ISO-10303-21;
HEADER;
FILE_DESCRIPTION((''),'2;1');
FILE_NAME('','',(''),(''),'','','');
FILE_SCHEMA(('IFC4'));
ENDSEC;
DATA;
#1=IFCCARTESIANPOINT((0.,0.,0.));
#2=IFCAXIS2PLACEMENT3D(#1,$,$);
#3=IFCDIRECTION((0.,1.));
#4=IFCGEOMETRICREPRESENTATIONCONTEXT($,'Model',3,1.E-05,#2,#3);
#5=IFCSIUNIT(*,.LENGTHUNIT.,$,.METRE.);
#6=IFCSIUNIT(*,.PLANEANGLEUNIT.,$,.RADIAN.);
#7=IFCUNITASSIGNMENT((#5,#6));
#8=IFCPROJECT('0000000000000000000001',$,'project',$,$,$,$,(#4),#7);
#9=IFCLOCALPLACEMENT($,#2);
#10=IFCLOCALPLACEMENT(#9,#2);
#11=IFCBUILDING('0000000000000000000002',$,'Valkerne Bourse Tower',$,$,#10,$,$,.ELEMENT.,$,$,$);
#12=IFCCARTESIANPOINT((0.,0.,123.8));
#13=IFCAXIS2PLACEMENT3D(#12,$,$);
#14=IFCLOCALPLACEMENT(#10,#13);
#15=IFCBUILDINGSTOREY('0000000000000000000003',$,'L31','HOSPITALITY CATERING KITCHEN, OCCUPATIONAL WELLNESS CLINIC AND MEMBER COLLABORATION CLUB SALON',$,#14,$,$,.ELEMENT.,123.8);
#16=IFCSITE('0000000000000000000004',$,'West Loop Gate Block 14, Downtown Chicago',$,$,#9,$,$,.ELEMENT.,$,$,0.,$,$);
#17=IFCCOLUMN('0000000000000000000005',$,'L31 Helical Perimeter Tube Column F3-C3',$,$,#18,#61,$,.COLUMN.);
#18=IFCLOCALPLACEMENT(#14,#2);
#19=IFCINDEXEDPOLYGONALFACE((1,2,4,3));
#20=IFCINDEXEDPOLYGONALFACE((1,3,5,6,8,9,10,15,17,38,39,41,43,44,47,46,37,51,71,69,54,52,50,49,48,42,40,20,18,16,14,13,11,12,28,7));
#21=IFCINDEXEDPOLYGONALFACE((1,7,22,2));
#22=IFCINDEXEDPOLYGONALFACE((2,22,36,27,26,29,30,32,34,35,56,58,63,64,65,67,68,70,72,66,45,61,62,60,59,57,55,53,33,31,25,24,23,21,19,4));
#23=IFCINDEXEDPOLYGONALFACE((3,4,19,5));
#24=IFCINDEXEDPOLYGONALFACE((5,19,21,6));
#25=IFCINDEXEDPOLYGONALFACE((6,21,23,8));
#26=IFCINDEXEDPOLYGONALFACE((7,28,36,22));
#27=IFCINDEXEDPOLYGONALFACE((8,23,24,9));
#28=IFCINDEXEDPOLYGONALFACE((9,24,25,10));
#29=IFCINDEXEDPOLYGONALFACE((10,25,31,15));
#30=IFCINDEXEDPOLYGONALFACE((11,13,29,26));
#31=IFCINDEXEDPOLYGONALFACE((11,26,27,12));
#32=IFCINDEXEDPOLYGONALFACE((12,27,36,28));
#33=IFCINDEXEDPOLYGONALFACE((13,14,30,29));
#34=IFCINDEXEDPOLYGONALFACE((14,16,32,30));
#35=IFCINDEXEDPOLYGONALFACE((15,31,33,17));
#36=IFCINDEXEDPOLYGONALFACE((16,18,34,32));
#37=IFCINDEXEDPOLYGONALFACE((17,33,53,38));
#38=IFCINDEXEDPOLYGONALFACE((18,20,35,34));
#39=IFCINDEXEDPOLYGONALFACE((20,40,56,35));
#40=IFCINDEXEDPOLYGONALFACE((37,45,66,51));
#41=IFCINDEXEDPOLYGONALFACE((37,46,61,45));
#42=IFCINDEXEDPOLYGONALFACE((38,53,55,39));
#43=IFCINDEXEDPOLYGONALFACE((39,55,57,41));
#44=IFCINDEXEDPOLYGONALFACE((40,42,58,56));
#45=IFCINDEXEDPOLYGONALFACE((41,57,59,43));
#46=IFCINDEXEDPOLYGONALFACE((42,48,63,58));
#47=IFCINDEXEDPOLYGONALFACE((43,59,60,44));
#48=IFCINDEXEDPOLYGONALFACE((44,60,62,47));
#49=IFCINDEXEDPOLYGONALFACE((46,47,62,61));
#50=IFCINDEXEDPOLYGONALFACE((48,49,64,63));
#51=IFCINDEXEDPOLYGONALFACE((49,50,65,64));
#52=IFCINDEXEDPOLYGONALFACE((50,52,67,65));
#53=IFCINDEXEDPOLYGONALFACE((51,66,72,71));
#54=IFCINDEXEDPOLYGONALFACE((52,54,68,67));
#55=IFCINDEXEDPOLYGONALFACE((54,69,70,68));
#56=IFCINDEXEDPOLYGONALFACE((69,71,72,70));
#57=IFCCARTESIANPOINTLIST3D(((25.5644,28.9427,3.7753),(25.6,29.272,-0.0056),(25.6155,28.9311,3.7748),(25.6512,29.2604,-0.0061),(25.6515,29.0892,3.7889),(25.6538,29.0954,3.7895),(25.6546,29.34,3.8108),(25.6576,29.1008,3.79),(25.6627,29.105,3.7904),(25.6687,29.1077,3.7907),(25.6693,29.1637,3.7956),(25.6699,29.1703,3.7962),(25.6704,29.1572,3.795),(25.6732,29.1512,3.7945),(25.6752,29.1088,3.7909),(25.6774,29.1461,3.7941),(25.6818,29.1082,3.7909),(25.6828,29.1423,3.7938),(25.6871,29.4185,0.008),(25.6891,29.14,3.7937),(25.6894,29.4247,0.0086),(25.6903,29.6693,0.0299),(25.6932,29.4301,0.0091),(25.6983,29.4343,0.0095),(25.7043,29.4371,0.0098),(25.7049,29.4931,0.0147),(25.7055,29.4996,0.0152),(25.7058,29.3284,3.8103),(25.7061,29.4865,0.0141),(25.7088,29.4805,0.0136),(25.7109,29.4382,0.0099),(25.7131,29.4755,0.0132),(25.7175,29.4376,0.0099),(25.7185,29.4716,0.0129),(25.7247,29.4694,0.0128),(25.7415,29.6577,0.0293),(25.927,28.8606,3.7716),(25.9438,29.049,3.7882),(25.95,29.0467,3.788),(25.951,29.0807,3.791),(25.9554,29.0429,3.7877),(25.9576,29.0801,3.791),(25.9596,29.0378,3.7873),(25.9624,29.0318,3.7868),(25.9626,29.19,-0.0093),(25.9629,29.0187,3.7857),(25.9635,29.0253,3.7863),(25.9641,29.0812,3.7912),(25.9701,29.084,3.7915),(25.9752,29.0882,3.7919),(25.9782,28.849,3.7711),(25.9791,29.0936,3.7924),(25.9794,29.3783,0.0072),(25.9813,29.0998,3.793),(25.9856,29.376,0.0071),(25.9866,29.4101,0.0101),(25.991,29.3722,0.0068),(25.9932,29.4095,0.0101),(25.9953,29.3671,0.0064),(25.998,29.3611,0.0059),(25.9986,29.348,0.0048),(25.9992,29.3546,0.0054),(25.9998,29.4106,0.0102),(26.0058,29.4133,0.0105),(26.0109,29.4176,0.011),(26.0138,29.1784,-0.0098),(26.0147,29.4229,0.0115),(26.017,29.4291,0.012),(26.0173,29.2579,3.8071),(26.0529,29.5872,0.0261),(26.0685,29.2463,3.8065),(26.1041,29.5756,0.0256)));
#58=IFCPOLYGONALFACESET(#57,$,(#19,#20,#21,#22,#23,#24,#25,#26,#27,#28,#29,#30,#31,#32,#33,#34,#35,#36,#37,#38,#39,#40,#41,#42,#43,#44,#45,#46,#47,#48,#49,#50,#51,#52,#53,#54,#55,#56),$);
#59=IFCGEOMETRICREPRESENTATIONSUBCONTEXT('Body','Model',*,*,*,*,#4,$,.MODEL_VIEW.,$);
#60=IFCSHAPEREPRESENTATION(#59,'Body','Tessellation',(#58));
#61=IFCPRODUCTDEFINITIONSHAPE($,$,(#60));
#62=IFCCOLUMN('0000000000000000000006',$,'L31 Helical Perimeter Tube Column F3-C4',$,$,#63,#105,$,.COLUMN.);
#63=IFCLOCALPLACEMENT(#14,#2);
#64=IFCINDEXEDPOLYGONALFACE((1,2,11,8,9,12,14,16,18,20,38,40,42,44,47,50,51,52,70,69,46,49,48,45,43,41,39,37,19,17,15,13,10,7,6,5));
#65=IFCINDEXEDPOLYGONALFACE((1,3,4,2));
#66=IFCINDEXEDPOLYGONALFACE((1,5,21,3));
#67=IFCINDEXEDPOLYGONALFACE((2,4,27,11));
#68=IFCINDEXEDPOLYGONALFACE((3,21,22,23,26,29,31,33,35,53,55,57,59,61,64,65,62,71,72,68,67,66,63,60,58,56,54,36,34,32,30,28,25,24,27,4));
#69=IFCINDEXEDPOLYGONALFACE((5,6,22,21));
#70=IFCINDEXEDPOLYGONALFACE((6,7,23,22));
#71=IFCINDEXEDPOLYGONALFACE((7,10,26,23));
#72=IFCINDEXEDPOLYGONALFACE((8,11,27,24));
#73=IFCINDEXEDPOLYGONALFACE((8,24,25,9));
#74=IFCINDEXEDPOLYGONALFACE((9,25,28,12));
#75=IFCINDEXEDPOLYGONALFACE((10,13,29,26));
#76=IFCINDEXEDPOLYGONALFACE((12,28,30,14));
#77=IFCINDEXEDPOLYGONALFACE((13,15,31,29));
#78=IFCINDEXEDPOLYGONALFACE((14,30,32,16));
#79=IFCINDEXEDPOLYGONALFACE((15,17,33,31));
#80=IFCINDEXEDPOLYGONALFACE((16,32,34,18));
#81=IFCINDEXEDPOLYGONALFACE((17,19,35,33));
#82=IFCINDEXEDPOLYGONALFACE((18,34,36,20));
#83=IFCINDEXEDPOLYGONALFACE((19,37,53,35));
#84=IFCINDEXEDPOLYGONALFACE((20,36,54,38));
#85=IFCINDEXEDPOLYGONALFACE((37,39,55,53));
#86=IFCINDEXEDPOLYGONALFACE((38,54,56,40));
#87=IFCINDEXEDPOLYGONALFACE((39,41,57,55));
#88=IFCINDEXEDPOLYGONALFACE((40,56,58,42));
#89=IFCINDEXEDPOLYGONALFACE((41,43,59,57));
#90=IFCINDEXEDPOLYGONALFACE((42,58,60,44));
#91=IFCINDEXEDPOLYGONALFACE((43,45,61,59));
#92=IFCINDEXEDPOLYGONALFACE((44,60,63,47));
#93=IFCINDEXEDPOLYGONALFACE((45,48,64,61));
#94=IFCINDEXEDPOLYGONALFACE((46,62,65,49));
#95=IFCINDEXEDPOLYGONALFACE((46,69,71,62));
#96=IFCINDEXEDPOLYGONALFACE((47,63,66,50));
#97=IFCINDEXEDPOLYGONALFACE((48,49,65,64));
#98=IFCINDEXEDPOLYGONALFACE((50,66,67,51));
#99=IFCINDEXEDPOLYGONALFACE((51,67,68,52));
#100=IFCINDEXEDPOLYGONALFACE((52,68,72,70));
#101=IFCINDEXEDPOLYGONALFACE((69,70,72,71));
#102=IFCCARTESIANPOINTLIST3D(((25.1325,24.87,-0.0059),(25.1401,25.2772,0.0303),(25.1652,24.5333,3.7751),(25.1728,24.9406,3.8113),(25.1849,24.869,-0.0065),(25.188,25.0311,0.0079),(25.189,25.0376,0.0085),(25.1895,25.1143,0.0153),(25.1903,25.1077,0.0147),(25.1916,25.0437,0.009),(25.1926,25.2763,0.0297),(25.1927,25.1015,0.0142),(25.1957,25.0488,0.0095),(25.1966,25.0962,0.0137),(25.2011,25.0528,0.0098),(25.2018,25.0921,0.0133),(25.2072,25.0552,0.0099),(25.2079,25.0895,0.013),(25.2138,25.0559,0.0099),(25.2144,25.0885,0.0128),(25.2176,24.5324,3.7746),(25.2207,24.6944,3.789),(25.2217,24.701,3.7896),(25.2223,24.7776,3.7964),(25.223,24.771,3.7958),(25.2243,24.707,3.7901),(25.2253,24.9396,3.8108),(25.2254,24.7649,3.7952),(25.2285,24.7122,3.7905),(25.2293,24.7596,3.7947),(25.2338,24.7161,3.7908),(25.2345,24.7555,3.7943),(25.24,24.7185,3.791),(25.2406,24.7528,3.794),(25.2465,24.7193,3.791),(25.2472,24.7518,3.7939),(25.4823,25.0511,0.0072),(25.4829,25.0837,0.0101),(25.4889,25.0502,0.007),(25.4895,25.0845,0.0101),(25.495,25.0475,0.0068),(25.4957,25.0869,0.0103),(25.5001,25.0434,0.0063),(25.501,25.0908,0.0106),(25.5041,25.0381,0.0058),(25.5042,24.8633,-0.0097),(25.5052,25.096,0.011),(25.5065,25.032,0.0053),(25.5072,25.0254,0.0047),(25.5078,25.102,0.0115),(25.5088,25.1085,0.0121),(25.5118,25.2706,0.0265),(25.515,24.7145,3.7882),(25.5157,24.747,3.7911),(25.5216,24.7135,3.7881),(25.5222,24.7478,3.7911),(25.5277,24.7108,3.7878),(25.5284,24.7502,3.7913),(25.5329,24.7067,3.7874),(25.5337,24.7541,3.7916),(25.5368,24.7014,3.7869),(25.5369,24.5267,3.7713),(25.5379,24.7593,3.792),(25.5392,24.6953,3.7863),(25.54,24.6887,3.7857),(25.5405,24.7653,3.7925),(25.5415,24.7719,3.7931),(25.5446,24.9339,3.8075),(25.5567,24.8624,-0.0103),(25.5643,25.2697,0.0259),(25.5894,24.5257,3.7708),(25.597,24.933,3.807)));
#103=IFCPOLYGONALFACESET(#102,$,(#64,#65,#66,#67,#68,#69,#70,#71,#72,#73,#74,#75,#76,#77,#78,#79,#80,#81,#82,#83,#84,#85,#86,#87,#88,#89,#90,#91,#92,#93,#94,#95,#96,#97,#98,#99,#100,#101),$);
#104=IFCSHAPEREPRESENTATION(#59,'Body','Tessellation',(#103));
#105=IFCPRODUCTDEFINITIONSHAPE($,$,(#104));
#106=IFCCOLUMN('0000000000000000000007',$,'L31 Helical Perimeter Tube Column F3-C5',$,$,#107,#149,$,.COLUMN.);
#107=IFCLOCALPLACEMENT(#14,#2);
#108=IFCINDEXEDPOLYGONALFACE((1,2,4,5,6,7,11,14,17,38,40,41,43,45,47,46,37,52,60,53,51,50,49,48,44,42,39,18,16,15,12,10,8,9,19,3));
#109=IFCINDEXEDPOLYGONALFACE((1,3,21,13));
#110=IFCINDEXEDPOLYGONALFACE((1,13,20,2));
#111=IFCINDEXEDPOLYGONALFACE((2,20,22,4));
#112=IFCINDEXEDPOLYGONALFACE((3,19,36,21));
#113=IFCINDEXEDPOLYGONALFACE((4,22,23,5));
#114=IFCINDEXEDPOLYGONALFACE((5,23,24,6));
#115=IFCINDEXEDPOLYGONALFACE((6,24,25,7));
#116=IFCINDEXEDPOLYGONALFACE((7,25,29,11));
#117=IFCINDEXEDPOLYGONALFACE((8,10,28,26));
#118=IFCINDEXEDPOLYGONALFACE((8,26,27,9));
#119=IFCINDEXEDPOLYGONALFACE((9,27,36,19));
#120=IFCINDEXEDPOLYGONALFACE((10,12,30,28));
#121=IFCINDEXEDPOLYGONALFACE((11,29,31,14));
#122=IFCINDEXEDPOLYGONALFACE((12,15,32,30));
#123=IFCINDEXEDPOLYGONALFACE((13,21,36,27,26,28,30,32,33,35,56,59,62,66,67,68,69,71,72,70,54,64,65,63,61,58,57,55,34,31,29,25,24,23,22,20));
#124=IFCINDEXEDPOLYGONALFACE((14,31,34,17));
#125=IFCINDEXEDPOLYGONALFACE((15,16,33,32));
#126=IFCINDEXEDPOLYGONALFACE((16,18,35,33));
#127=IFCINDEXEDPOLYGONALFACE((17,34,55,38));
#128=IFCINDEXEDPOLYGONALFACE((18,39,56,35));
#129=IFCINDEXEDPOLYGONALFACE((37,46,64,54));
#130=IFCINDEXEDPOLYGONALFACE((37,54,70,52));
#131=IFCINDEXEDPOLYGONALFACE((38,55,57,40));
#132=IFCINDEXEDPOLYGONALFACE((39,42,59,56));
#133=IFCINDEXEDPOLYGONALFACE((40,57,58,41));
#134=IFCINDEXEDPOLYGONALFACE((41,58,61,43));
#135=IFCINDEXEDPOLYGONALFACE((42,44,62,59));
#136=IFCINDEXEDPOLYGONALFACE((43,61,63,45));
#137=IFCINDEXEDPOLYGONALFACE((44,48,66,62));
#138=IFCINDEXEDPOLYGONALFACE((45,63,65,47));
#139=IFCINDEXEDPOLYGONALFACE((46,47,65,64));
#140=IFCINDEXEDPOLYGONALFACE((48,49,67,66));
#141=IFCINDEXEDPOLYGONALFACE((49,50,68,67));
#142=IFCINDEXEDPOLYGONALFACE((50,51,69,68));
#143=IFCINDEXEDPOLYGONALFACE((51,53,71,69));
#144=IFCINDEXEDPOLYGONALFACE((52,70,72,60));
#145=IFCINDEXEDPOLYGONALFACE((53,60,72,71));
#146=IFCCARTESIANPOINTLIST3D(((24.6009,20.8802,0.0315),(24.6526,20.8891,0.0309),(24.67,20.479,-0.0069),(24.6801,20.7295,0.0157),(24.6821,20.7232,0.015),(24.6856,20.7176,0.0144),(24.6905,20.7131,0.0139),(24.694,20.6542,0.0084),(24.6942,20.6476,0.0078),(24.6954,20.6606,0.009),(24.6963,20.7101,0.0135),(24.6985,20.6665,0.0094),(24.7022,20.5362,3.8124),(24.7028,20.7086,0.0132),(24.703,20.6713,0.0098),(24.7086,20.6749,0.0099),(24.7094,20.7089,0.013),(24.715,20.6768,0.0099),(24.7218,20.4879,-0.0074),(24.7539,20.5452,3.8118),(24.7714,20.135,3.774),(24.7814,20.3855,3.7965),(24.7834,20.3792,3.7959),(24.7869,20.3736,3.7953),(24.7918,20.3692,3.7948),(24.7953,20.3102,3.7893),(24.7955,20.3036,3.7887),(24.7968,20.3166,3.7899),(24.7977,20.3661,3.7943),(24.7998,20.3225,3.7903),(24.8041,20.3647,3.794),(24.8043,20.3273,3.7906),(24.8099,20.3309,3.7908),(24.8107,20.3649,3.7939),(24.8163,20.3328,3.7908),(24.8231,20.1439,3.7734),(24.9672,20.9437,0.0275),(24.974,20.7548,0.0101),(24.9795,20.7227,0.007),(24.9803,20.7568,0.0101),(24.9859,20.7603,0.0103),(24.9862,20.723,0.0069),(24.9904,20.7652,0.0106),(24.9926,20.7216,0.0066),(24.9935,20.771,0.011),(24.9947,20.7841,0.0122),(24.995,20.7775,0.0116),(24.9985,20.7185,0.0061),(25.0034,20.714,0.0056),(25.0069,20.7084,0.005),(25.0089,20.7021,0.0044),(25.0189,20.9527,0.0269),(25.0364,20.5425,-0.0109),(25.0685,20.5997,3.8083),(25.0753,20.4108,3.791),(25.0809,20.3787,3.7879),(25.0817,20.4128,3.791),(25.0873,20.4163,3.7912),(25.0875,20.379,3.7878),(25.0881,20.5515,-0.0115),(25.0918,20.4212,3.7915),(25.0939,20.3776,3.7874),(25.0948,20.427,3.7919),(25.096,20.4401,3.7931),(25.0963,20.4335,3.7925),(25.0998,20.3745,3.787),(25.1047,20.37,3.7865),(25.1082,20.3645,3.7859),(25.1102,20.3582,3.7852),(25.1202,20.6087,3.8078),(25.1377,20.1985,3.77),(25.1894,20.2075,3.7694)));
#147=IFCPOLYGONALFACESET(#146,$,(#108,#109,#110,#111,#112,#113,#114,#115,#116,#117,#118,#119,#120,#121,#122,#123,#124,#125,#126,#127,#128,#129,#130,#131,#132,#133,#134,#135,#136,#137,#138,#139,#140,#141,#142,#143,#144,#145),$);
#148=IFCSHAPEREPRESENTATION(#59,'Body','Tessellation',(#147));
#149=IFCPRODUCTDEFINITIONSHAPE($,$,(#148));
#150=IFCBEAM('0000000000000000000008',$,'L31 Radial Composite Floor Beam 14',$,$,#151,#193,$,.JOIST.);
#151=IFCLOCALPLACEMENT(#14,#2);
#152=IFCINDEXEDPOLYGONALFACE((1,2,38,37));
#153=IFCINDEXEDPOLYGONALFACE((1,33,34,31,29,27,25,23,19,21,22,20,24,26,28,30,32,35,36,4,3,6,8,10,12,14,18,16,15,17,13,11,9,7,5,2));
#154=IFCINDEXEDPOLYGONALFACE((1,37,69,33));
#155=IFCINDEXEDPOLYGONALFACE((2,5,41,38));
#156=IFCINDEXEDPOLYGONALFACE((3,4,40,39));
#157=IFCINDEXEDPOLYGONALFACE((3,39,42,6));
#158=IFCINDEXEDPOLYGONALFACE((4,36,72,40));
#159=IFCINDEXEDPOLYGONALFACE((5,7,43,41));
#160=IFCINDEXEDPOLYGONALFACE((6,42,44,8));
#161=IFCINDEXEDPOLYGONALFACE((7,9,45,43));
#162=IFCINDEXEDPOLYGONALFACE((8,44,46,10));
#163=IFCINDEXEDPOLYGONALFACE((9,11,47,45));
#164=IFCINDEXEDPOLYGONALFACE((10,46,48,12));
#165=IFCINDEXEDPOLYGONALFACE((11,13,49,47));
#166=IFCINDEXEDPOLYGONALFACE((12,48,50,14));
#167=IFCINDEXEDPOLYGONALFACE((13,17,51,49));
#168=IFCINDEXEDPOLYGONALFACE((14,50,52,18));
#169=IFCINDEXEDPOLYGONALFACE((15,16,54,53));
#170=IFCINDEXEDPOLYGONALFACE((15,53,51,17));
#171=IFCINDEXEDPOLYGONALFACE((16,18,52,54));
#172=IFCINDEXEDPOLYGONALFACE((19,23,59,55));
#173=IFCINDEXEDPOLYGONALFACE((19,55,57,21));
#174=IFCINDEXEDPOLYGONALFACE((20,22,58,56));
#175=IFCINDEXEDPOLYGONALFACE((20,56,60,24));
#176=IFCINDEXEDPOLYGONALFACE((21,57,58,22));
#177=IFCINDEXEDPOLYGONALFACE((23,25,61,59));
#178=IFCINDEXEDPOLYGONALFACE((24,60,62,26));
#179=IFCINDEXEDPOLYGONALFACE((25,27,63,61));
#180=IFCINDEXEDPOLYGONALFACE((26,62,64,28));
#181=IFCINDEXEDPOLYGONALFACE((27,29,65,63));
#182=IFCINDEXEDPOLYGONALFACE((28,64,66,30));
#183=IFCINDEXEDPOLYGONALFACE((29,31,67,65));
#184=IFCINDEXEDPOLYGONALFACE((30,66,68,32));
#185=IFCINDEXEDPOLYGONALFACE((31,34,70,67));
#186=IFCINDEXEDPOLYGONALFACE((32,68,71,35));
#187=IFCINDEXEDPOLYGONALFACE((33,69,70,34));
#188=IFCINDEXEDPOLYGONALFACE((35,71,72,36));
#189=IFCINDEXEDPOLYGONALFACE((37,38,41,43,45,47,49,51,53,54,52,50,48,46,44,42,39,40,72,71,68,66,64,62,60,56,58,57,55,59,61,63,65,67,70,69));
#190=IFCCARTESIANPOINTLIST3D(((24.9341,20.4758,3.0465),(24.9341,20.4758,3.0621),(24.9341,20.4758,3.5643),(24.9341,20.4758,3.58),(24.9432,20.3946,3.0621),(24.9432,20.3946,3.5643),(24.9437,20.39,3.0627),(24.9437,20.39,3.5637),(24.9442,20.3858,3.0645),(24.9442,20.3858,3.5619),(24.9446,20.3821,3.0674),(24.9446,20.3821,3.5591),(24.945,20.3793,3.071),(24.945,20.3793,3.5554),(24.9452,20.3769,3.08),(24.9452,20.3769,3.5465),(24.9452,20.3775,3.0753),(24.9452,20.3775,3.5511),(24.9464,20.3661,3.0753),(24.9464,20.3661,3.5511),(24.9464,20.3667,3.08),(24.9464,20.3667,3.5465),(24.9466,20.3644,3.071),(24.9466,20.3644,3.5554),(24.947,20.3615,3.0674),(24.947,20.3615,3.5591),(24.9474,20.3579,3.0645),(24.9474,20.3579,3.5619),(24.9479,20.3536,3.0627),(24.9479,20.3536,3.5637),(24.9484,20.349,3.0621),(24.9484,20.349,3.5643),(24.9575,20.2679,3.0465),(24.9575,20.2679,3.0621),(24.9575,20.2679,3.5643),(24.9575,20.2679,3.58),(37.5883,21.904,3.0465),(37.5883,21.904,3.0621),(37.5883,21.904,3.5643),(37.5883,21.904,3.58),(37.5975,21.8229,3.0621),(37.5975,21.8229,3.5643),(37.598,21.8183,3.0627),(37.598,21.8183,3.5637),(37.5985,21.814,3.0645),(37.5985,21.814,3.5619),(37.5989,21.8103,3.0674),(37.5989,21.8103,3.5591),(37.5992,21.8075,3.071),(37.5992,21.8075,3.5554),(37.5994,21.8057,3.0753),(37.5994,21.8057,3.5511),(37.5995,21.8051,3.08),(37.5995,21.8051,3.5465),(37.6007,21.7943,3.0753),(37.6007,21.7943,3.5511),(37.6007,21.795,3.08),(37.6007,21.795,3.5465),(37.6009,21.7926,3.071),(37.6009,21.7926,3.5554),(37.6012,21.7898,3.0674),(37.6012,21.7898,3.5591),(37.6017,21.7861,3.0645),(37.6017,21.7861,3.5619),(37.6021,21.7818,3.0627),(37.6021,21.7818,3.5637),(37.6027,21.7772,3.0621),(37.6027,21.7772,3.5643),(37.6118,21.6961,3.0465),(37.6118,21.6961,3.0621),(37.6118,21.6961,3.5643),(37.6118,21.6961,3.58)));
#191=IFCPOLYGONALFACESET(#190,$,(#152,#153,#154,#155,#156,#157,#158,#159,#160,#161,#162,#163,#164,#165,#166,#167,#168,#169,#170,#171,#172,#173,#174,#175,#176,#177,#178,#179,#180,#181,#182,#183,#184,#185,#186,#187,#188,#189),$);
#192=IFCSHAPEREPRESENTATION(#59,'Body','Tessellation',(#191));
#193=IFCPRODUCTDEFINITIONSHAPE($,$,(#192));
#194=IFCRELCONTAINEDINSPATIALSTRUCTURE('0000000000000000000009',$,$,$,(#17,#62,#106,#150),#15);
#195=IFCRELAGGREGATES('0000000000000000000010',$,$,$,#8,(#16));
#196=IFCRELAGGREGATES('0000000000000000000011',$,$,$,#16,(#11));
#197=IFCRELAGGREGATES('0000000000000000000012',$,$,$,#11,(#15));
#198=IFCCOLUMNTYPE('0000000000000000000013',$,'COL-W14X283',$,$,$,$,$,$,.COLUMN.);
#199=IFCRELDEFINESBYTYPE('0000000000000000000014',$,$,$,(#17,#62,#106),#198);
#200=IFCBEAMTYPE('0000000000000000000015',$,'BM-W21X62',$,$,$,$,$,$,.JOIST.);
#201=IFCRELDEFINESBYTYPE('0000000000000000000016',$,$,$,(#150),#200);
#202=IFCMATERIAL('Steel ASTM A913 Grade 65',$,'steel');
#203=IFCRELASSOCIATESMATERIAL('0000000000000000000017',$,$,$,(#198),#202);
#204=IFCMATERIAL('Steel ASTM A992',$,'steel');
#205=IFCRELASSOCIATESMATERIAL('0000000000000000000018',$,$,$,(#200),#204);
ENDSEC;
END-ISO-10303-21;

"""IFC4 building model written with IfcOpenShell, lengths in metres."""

from ifc_helpers import new_model, si_unit, direction, frame, origin, origin_2d, place, context, subcontext, project, spatial, i_section, extrude, material, material_profile, profile_set, type_object, element, save


model = new_model("IFC4")

# Units and contexts
model_context = context("Model", 3, precision=1e-05, world=origin(), true_north=direction((0.0, 1.0)))
body_context = subcontext(model_context, "Body", "Model", "MODEL_VIEW")
ifc_project = project(units=[si_unit("LENGTHUNIT", "METRE"), si_unit("PLANEANGLEUNIT", "RADIAN")], contexts=[model_context])

# Site, building, storey
site_placement = place(None, origin())
site = spatial("IfcSite", under=ifc_project, at=site_placement, Name="West Loop Gate Block 14, Downtown Chicago", CompositionType="ELEMENT", RefElevation=0.0)
building_placement = place(site_placement, origin())
building = spatial("IfcBuilding", under=site, at=building_placement, Name="Valkerne Bourse Tower", CompositionType="ELEMENT")
storey_placement = place(building_placement, frame((0.0, 0.0, 123.8)))
storey = spatial("IfcBuildingStorey", under=building, at=storey_placement, Name="L31", Description="HOSPITALITY CATERING KITCHEN, OCCUPATIONAL WELLNESS CLINIC AND MEMBER COLLABORATION CLUB SALON", CompositionType="ELEMENT", Elevation=123.8)

# Columns
ifc_material_1 = material(Name="Steel ASTM A913 Grade 65", Category="steel")
ifc_material_profile_1 = material_profile(ifc_material_1, i_section(OverallWidth=0.4089, OverallDepth=0.4243, WebThickness=0.0327, FlangeThickness=0.0525, FilletRadius=0.0254, at=origin_2d()), Name="W14X283")
ifc_profile_set_1 = profile_set([ifc_material_profile_1], Name="Steel ASTM A913 Grade 65")
column_type = type_object("IfcColumnType", Name="COL-W14X283", PredefinedType="COLUMN", material=ifc_profile_set_1)
column_1_placement = place(storey_placement, frame((25.8521, 29.4238, 0.01), z_axis=(-0.009391, -0.086773, 0.996184), x_axis=(-0.220749, -0.971469, -0.086701)))
element("IfcColumn", 1, at=column_1_placement, inside=storey, type_object=column_type, Name="L31 Helical Perimeter Tube Column F3-C3", PredefinedType="COLUMN", context=body_context, shape_type="SweptSolid", body=[
    extrude(i_section(OverallWidth=0.4089, OverallDepth=0.4243, WebThickness=0.0327, FlangeThickness=0.0525, FilletRadius=0.0254, at=origin_2d()), origin(), (0.0, 0.0, 1.0), 3.7954),
])
column_2_placement = place(storey_placement, frame((25.3484, 25.0698, 0.01), z_axis=(0.008618, -0.088688, 0.996022), x_axis=(-0.018705, -0.995899, -0.088515)))
element("IfcColumn", 2, at=column_2_placement, inside=storey, type_object=column_type, Name="L31 Helical Perimeter Tube Column F3-C4", PredefinedType="COLUMN", context=body_context, shape_type="SweptSolid", body=[
    extrude(i_section(OverallWidth=0.4089, OverallDepth=0.4243, WebThickness=0.0327, FlangeThickness=0.0525, FilletRadius=0.0254, at=origin_2d()), origin(), (0.0, 0.0, 1.0), 3.7961),
])
column_3_placement = place(storey_placement, frame((24.8445, 20.7158, 0.01), z_axis=(0.026677, -0.090573, 0.995532), x_axis=(0.169154, -0.981116, -0.093794)))
element("IfcColumn", 3, at=column_3_placement, inside=storey, type_object=column_type, Name="L31 Helical Perimeter Tube Column F3-C5", PredefinedType="COLUMN", context=body_context, shape_type="SweptSolid", body=[
    extrude(i_section(OverallWidth=0.4089, OverallDepth=0.4243, WebThickness=0.0327, FlangeThickness=0.0525, FilletRadius=0.0254, at=origin_2d()), origin(), (0.0, 0.0, 1.0), 3.7979),
])

# Beam
ifc_material_2 = material(Name="Steel ASTM A992", Category="steel")
ifc_material_profile_2 = material_profile(ifc_material_2, i_section(OverallWidth=0.2092, OverallDepth=0.5334, WebThickness=0.0103, FlangeThickness=0.0156, FilletRadius=0.0178, at=origin_2d()), Name="W21X62")
ifc_profile_set_2 = profile_set([ifc_material_profile_2], Name="Steel ASTM A992")
beam_type_1 = type_object("IfcBeamType", Name="BM-W21X62", PredefinedType="JOIST", material=ifc_profile_set_2)
beam_1_placement = place(storey_placement, frame((24.9458, 20.3718, 3.3132), z_axis=(0.993691, 0.112153, 0.0), x_axis=(-0.112153, 0.993691, 0.0)))
element("IfcBeam", 4, at=beam_1_placement, inside=storey, type_object=beam_type_1, Name="L31 Radial Composite Floor Beam 14", PredefinedType="JOIST", context=body_context, shape_type="SweptSolid", body=[
    extrude(i_section(OverallWidth=0.2092, OverallDepth=0.5334, WebThickness=0.0103, FlangeThickness=0.0156, FilletRadius=0.0178, at=origin_2d()), origin(), (0.0, 0.0, 1.0), 12.7346),
])

save(model, "model.ifc")
